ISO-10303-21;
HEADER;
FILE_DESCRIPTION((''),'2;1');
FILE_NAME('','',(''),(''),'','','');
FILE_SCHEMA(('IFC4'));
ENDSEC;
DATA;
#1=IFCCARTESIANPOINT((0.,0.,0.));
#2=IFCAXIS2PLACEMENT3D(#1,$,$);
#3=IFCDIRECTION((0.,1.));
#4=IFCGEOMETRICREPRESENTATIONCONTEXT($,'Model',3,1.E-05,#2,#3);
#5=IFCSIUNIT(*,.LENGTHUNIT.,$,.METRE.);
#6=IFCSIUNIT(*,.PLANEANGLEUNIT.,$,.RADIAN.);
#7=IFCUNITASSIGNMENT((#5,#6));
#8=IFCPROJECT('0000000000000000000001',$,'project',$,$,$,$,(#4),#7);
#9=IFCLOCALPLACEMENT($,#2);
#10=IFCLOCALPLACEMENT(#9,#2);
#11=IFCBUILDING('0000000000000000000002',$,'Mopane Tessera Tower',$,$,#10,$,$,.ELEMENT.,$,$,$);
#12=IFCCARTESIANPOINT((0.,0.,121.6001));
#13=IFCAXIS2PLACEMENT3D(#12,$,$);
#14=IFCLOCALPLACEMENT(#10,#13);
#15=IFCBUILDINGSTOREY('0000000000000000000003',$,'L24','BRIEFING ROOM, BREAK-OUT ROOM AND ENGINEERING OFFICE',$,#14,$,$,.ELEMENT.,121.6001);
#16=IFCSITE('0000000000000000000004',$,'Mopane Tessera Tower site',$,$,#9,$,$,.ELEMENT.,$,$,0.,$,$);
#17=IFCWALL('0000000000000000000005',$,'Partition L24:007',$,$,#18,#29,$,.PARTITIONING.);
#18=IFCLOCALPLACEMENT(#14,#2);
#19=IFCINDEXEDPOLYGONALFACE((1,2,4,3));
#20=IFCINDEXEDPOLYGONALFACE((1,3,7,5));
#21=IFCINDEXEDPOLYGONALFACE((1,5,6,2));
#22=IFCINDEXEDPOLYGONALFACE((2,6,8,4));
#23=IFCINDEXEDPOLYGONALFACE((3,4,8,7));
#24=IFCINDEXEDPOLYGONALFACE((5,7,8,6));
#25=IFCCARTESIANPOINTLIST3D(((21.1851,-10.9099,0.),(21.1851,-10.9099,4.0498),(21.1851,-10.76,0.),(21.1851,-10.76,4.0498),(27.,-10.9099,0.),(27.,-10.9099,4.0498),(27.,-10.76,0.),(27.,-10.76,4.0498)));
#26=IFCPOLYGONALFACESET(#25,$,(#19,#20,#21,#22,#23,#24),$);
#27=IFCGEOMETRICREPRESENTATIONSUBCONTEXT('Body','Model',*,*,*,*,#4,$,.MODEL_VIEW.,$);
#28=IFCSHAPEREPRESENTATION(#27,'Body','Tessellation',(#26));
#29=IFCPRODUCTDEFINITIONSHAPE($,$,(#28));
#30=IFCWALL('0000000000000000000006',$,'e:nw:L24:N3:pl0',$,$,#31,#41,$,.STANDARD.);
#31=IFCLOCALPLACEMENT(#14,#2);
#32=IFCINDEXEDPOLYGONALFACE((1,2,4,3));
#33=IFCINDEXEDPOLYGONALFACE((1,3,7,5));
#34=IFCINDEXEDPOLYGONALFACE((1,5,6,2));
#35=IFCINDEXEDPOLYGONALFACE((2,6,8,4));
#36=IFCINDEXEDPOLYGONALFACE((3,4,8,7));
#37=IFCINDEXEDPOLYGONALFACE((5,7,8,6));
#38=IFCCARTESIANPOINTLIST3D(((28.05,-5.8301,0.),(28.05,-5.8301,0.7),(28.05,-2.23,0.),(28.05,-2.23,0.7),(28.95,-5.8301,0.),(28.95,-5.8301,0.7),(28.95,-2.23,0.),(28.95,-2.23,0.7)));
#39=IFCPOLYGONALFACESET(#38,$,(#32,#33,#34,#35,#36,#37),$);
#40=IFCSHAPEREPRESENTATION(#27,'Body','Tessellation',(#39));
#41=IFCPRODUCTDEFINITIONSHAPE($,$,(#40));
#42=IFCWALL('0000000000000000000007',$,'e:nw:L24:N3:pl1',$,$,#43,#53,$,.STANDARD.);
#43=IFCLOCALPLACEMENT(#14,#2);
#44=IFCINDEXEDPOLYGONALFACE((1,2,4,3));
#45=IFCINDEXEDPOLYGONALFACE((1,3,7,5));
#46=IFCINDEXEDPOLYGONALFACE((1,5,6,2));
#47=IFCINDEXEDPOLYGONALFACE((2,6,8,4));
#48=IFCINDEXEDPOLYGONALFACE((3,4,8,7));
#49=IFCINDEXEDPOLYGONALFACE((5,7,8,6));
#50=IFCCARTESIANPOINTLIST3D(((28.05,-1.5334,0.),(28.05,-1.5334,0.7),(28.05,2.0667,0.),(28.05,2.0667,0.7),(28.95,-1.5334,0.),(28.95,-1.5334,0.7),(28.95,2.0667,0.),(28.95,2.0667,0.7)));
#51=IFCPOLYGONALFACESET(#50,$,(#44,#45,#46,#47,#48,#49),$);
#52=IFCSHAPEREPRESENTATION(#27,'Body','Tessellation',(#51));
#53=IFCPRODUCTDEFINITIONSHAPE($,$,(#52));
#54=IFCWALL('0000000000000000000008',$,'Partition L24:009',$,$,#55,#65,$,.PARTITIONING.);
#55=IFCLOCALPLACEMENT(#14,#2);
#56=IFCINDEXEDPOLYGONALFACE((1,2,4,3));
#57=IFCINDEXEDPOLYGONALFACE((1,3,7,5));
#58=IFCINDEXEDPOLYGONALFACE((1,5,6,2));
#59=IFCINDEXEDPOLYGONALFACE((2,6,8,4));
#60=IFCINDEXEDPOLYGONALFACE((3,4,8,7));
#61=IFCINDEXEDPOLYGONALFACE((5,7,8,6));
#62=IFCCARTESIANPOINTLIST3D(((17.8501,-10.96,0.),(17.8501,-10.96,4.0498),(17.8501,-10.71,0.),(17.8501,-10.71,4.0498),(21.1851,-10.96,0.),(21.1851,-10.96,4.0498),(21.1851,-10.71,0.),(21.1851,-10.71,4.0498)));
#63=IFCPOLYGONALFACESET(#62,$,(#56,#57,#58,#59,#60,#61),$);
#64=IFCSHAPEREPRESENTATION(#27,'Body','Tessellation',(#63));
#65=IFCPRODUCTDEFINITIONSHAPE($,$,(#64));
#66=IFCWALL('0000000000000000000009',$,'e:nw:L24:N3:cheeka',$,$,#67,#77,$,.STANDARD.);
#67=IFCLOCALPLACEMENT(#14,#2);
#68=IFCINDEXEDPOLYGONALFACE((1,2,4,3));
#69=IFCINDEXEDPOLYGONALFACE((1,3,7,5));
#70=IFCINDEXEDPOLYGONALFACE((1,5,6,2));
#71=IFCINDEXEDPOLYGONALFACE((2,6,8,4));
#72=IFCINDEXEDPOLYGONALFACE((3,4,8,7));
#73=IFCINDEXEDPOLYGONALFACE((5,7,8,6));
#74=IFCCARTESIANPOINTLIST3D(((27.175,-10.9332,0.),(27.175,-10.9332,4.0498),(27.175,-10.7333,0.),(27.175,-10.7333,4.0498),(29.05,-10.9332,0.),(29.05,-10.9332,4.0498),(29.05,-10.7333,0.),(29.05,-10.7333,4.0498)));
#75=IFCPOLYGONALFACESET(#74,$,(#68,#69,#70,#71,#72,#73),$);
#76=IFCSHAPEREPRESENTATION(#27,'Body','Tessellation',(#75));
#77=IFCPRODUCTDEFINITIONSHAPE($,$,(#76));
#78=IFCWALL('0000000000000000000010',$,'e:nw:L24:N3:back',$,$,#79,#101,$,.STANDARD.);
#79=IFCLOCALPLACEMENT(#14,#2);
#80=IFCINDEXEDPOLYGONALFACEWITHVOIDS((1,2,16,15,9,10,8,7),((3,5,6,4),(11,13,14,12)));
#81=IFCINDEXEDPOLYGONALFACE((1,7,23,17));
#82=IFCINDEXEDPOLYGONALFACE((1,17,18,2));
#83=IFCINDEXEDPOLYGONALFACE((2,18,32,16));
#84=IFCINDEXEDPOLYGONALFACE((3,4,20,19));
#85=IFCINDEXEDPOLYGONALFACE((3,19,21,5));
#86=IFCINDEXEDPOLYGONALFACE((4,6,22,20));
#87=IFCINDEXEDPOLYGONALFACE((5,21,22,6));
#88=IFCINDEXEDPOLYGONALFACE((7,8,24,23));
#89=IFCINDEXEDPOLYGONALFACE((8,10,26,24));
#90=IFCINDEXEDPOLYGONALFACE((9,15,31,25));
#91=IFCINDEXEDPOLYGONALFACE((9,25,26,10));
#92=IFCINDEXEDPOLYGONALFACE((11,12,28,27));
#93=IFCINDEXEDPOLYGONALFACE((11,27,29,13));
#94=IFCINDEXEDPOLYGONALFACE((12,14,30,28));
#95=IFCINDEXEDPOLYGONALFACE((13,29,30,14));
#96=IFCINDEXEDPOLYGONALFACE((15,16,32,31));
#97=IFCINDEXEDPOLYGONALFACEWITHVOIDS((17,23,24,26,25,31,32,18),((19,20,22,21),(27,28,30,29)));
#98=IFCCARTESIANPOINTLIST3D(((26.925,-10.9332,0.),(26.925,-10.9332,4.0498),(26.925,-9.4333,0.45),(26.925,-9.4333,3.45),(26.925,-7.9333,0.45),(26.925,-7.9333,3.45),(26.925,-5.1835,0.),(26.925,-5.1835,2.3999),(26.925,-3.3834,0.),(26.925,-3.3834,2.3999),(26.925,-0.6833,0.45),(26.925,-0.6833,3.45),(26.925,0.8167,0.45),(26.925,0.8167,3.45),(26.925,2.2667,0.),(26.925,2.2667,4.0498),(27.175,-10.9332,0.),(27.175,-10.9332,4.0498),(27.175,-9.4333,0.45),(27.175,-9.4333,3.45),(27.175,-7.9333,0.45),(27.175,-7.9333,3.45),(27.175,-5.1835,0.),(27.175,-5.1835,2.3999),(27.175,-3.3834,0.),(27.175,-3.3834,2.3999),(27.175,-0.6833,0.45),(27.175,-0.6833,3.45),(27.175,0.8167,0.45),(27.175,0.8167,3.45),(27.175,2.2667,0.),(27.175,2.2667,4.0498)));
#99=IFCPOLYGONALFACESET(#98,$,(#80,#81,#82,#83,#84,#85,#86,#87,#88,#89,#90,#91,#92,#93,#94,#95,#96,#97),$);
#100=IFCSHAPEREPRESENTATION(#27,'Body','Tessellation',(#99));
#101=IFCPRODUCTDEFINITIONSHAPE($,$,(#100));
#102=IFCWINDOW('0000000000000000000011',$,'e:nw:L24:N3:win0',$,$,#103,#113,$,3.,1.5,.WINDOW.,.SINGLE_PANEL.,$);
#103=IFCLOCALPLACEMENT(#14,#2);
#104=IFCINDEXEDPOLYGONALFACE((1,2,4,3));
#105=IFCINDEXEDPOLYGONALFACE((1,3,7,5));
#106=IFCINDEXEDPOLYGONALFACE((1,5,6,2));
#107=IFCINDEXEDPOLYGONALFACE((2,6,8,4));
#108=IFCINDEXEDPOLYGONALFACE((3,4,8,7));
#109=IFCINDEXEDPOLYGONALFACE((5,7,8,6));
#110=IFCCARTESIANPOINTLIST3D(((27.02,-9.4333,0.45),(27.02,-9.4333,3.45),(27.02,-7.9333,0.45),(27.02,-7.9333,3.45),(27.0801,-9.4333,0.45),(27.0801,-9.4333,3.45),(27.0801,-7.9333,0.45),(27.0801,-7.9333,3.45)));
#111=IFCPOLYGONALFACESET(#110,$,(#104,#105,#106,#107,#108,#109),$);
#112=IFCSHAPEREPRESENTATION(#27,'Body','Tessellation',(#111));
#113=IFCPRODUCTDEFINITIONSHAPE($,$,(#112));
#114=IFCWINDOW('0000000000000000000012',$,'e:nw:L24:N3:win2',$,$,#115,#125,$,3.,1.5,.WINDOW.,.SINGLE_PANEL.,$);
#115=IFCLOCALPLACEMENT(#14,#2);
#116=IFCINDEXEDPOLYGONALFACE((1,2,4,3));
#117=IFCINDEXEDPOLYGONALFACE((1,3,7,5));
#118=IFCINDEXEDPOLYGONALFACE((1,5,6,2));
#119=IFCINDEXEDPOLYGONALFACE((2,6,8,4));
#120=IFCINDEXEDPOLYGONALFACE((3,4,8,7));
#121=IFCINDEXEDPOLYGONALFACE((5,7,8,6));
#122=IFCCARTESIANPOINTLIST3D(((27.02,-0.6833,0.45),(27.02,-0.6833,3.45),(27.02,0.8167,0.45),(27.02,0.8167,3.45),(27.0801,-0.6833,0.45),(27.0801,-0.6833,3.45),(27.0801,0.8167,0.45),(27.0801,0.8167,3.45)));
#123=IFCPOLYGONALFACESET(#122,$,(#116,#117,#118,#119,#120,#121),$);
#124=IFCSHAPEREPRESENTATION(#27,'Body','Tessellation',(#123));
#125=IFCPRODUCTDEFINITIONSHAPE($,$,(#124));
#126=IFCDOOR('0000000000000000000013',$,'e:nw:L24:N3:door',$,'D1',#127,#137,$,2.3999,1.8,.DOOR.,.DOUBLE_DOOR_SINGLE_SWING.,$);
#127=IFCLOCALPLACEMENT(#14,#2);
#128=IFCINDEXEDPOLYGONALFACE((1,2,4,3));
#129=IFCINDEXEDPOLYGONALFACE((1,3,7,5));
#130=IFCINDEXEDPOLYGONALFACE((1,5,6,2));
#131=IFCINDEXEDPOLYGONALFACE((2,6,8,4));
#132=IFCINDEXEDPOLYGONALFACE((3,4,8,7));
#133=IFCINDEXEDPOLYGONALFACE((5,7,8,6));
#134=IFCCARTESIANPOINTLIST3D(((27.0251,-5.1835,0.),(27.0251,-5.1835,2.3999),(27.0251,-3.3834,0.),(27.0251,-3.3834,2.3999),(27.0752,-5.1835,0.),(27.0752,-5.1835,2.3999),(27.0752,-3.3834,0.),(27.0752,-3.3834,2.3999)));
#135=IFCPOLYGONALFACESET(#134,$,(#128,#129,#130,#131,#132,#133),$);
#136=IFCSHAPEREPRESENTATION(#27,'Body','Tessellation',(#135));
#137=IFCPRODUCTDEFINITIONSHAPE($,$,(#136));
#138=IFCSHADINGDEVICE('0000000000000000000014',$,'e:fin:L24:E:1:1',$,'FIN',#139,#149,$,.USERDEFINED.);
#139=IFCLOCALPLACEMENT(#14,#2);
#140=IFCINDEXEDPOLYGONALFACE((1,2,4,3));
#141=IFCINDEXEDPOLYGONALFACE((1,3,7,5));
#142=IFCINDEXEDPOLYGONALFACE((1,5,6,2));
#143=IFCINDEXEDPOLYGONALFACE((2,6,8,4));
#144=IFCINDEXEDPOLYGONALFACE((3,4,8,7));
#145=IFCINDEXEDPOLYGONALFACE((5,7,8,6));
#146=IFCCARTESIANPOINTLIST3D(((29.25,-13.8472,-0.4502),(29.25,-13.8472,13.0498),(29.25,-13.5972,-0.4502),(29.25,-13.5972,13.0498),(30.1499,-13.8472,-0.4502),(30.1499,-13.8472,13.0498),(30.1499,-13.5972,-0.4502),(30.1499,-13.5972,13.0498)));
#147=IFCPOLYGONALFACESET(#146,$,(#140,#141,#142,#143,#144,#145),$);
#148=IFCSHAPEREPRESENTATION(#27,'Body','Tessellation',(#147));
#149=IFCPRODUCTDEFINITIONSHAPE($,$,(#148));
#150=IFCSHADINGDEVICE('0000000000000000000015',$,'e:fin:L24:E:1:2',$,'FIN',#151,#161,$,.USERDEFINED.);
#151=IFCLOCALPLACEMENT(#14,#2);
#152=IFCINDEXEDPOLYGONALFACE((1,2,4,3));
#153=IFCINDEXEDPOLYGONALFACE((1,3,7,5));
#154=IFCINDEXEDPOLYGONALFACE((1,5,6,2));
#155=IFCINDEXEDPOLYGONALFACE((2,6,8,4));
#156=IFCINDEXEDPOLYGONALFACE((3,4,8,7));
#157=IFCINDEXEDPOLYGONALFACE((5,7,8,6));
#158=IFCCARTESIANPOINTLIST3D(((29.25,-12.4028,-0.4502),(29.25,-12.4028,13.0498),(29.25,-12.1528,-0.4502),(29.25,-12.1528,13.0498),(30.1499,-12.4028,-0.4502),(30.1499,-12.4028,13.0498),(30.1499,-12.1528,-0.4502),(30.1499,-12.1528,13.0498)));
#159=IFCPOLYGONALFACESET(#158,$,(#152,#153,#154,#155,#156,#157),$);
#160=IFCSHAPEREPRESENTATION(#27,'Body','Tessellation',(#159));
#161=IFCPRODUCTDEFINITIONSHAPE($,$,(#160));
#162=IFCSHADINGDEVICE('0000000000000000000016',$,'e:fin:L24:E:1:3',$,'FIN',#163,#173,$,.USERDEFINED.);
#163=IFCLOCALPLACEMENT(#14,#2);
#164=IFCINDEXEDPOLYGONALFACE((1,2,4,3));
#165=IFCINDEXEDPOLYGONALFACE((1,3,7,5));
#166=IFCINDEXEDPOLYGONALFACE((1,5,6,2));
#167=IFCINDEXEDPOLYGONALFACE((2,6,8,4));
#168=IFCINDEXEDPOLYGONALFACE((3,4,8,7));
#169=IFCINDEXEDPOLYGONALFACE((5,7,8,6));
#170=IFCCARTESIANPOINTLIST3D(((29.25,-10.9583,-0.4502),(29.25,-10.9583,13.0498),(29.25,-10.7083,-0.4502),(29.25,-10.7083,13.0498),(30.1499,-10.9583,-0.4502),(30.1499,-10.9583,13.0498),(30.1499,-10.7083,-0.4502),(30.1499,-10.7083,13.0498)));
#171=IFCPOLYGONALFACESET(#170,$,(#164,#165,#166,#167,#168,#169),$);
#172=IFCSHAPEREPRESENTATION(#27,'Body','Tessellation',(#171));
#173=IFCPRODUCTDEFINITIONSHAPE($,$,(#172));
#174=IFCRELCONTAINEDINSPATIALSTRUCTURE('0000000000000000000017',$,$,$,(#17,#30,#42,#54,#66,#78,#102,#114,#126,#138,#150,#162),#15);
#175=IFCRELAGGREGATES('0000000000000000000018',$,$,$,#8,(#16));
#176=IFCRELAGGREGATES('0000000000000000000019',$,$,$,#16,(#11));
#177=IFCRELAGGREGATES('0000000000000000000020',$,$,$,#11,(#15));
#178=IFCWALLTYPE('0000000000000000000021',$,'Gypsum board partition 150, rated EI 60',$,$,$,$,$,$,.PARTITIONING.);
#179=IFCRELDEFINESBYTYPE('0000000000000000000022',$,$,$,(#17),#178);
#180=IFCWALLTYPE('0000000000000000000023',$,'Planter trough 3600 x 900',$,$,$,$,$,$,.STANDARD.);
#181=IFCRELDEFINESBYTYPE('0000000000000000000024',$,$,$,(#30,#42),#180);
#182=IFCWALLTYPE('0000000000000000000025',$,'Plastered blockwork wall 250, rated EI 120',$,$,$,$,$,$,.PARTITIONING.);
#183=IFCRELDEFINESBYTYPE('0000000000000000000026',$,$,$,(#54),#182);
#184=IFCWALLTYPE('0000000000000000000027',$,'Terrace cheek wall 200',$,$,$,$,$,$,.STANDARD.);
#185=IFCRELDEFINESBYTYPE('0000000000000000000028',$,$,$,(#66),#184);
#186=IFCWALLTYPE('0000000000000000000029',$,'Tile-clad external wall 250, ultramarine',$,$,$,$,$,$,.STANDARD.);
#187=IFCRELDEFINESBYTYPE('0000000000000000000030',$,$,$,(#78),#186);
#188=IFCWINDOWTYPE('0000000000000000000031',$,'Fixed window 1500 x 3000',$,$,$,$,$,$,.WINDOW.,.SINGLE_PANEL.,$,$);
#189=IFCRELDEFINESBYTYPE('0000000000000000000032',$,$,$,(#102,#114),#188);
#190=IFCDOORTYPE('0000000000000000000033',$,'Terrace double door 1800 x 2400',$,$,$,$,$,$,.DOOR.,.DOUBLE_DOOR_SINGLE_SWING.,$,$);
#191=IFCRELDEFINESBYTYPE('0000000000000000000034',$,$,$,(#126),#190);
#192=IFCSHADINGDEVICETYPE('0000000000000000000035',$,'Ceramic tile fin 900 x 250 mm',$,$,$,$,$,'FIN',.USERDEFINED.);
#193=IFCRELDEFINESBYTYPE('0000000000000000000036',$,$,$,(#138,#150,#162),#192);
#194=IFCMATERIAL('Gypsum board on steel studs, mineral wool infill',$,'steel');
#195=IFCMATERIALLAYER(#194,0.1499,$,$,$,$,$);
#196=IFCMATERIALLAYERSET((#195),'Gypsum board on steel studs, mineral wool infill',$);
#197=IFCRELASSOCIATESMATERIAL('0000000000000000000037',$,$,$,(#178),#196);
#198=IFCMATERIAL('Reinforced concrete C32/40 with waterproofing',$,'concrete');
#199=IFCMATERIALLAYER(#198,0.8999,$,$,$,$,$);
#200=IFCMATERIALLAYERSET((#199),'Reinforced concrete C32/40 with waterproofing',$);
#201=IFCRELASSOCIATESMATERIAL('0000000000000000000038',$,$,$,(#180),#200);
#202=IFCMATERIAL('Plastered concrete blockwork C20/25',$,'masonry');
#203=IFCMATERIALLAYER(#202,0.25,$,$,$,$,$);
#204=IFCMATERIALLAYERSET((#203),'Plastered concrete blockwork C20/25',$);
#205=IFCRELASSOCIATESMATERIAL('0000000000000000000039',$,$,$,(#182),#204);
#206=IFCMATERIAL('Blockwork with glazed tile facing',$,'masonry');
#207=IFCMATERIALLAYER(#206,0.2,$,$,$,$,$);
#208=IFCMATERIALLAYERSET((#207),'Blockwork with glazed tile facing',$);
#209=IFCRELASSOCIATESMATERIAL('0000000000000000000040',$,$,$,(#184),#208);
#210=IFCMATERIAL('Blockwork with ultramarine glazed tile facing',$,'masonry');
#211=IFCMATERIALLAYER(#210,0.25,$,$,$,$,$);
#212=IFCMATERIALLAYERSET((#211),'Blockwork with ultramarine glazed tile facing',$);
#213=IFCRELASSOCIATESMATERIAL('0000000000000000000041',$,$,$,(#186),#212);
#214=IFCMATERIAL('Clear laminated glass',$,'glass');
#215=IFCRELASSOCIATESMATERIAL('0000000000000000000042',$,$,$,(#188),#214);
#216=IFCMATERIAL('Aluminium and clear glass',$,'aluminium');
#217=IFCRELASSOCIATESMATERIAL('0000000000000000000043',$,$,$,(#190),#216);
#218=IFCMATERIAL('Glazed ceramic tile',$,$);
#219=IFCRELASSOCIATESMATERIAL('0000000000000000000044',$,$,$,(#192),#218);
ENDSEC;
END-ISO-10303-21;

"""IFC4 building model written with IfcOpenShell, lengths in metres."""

from ifc_helpers import new_model, si_unit, direction, frame, frame_2d, origin, origin_2d, place, context, subcontext, project, spatial, rectangle, extrude, material, layer, layer_set, type_object, element, fill, save


model = new_model("IFC4")

# Units and contexts
model_context = context("Model", 3, precision=1e-05, world=origin(), true_north=direction((0.0, 1.0)))
body_context = subcontext(model_context, "Body", "Model", "MODEL_VIEW")
ifc_project = project(units=[si_unit("LENGTHUNIT", "METRE"), si_unit("PLANEANGLEUNIT", "RADIAN")], contexts=[model_context])

# Site, building, storey
site_placement = place(None, origin())
site = spatial("IfcSite", under=ifc_project, at=site_placement, Name="Mopane Tessera Tower site", CompositionType="ELEMENT", RefElevation=0.0)
building_placement = place(site_placement, origin())
building = spatial("IfcBuilding", under=site, at=building_placement, Name="Mopane Tessera Tower", CompositionType="ELEMENT")
storey_placement = place(building_placement, frame((0.0, 0.0, 121.6001)))
storey = spatial("IfcBuildingStorey", under=building, at=storey_placement, Name="L24", Description="BRIEFING ROOM, BREAK-OUT ROOM AND ENGINEERING OFFICE", CompositionType="ELEMENT", Elevation=121.6001)

# Walls
ifc_material_1 = material(Name="Gypsum board on steel studs, mineral wool infill", Category="steel")
ifc_layer_1 = layer(ifc_material_1, 0.1499)
ifc_layer_set_1 = layer_set([ifc_layer_1], Name="Gypsum board on steel studs, mineral wool infill")
wall_type_1 = type_object("IfcWallType", Name="Gypsum board partition 150, rated EI 60", PredefinedType="PARTITIONING", material=ifc_layer_set_1)
wall_1_placement = place(storey_placement, frame((21.1851, -10.835, 0.0), z_axis=(0.0, 0.0, 1.0), x_axis=(1.0, 0.0, 0.0)))
element("IfcWall", 1, at=wall_1_placement, inside=storey, type_object=wall_type_1, Name="Partition L24:007", PredefinedType="PARTITIONING", context=body_context, shape_type="SweptSolid", body=[
    extrude(rectangle(XDim=5.8149, YDim=0.1499, at=frame_2d((2.9075, 0.0))), origin(), (0.0, 0.0, 1.0), 4.0498),
])
ifc_material_2 = material(Name="Reinforced concrete C32/40 with waterproofing", Category="concrete")
ifc_layer_2 = layer(ifc_material_2, 0.8999)
ifc_layer_set_2 = layer_set([ifc_layer_2], Name="Reinforced concrete C32/40 with waterproofing")
wall_type_2 = type_object("IfcWallType", Name="Planter trough 3600 x 900", PredefinedType="STANDARD", material=ifc_layer_set_2)
for number, where, z_axis, x_axis, name in (
    (2, (28.5, -5.8301, 0.0), (0.0, 0.0, 1.0), (0.0, 1.0, 0.0), "e:nw:L24:N3:pl0"),
    (3, (28.5, -1.5334, 0.0), (0.0, 0.0, 1.0), (0.0, 1.0, 0.0), "e:nw:L24:N3:pl1"),
):
    element("IfcWall", number, at=place(storey_placement, frame(where, z_axis=z_axis, x_axis=x_axis)), inside=storey, type_object=wall_type_2, Name=name, PredefinedType="STANDARD", context=body_context, shape_type="SweptSolid", body=[
        extrude(rectangle(XDim=3.6001, YDim=0.8999, at=frame_2d((1.8, 0.0))), origin(), (0.0, 0.0, 1.0), 0.7),
    ])
ifc_material_3 = material(Name="Plastered concrete blockwork C20/25", Category="masonry")
ifc_layer_3 = layer(ifc_material_3, 0.25)
ifc_layer_set_3 = layer_set([ifc_layer_3], Name="Plastered concrete blockwork C20/25")
wall_type_3 = type_object("IfcWallType", Name="Plastered blockwork wall 250, rated EI 120", PredefinedType="PARTITIONING", material=ifc_layer_set_3)
wall_2_placement = place(storey_placement, frame((17.8501, -10.835, 0.0), z_axis=(0.0, 0.0, 1.0), x_axis=(1.0, 0.0, 0.0)))
element("IfcWall", 4, at=wall_2_placement, inside=storey, type_object=wall_type_3, Name="Partition L24:009", PredefinedType="PARTITIONING", context=body_context, shape_type="SweptSolid", body=[
    extrude(rectangle(XDim=3.335, YDim=0.25, at=frame_2d((1.6675, 0.0))), origin(), (0.0, 0.0, 1.0), 4.0498),
])
ifc_material_4 = material(Name="Blockwork with glazed tile facing", Category="masonry")
ifc_layer_4 = layer(ifc_material_4, 0.2)
ifc_layer_set_4 = layer_set([ifc_layer_4], Name="Blockwork with glazed tile facing")
wall_type_4 = type_object("IfcWallType", Name="Terrace cheek wall 200", PredefinedType="STANDARD", material=ifc_layer_set_4)
wall_3_placement = place(storey_placement, frame((29.05, -10.8333, 0.0), z_axis=(0.0, 0.0, 1.0), x_axis=(-1.0, 0.0, 0.0)))
element("IfcWall", 5, at=wall_3_placement, inside=storey, type_object=wall_type_4, Name="e:nw:L24:N3:cheeka", PredefinedType="STANDARD", context=body_context, shape_type="SweptSolid", body=[
    extrude(rectangle(XDim=1.875, YDim=0.2, at=frame_2d((0.9375, 0.0))), origin(), (0.0, 0.0, 1.0), 4.0498),
])

# Wall, openings, windows, door
ifc_material_5 = material(Name="Blockwork with ultramarine glazed tile facing", Category="masonry")
ifc_layer_5 = layer(ifc_material_5, 0.25)
ifc_layer_set_5 = layer_set([ifc_layer_5], Name="Blockwork with ultramarine glazed tile facing")
wall_type_5 = type_object("IfcWallType", Name="Tile-clad external wall 250, ultramarine", PredefinedType="STANDARD", material=ifc_layer_set_5)
wall_4_placement = place(storey_placement, frame((27.05, -10.9333, 0.0), z_axis=(0.0, 0.0, 1.0), x_axis=(0.0, 1.0, 0.0)))
wall_4 = element("IfcWall", 6, at=wall_4_placement, inside=storey, type_object=wall_type_5, Name="e:nw:L24:N3:back", PredefinedType="STANDARD", context=body_context, shape_type="SweptSolid", body=[
    extrude(rectangle(XDim=13.2, YDim=0.25, at=frame_2d((6.6001, 0.0))), origin(), (0.0, 0.0, 1.0), 4.0498),
])
opening_1_placement = place(wall_4_placement, frame((1.5, 0.0, 0.45)))
opening_1 = element("IfcOpeningElement", 7, at=opening_1_placement, cuts=wall_4, PredefinedType="OPENING", context=body_context, shape_type="SweptSolid", body=[
    extrude(rectangle(XDim=1.5, YDim=3.0, at=frame_2d((0.75, 1.5))), frame((0.0, 0.137, 0.0), z_axis=(0.0, -1.0, 0.0), x_axis=(1.0, 0.0, 0.0)), (0.0, 0.0, 1.0), 0.2739),
])
opening_2_placement = place(wall_4_placement, frame((5.75, 0.0, 0.0)))
opening_2 = element("IfcOpeningElement", 8, at=opening_2_placement, cuts=wall_4, PredefinedType="OPENING", context=body_context, shape_type="SweptSolid", body=[
    extrude(rectangle(XDim=1.8, YDim=2.3999, at=frame_2d((0.8999, 1.2))), frame((0.0, 0.137, 0.0), z_axis=(0.0, -1.0, 0.0), x_axis=(1.0, 0.0, 0.0)), (0.0, 0.0, 1.0), 0.2739),
])
opening_3_placement = place(wall_4_placement, frame((10.25, 0.0, 0.45)))
opening_3 = element("IfcOpeningElement", 9, at=opening_3_placement, cuts=wall_4, PredefinedType="OPENING", context=body_context, shape_type="SweptSolid", body=[
    extrude(rectangle(XDim=1.5, YDim=3.0, at=frame_2d((0.75, 1.5))), frame((0.0, 0.137, 0.0), z_axis=(0.0, -1.0, 0.0), x_axis=(1.0, 0.0, 0.0)), (0.0, 0.0, 1.0), 0.2739),
])
ifc_material_6 = material(Name="Clear laminated glass", Category="glass")
window_type = type_object("IfcWindowType", Name="Fixed window 1500 x 3000", PartitioningType="SINGLE_PANEL", PredefinedType="WINDOW", material=ifc_material_6)
window_1_placement = place(opening_1_placement, origin())
window_1 = element("IfcWindow", 10, at=window_1_placement, inside=storey, type_object=window_type, Name="e:nw:L24:N3:win0", OverallHeight=3.0, OverallWidth=1.5, PartitioningType="SINGLE_PANEL", PredefinedType="WINDOW", context=body_context, shape_type="SweptSolid", body=[
    extrude(rectangle(XDim=1.5, YDim=3.0, at=frame_2d((0.75, 1.5))), frame((0.0, 0.03, 0.0), z_axis=(0.0, -1.0, 0.0), x_axis=(1.0, 0.0, 0.0)), (0.0, 0.0, 1.0), 0.0601),
])
fill(opening_1, window_1)
window_2_placement = place(opening_3_placement, origin())
window_2 = element("IfcWindow", 11, at=window_2_placement, inside=storey, type_object=window_type, Name="e:nw:L24:N3:win2", OverallHeight=3.0, OverallWidth=1.5, PartitioningType="SINGLE_PANEL", PredefinedType="WINDOW", context=body_context, shape_type="SweptSolid", body=[
    extrude(rectangle(XDim=1.5, YDim=3.0, at=frame_2d((0.75, 1.5))), frame((0.0, 0.03, 0.0), z_axis=(0.0, -1.0, 0.0), x_axis=(1.0, 0.0, 0.0)), (0.0, 0.0, 1.0), 0.0601),
])
fill(opening_3, window_2)
ifc_material_7 = material(Name="Aluminium and clear glass", Category="aluminium")
door_type_1 = type_object("IfcDoorType", Name="Terrace double door 1800 x 2400", OperationType="DOUBLE_DOOR_SINGLE_SWING", PredefinedType="DOOR", material=ifc_material_7)
door_1_placement = place(opening_2_placement, origin())
door_1 = element("IfcDoor", 12, at=door_1_placement, inside=storey, type_object=door_type_1, Name="e:nw:L24:N3:door", ObjectType="D1", OperationType="DOUBLE_DOOR_SINGLE_SWING", OverallHeight=2.3999, OverallWidth=1.8, PredefinedType="DOOR", context=body_context, shape_type="SweptSolid", body=[
    extrude(rectangle(XDim=1.8, YDim=2.3999, at=frame_2d((0.8999, 1.2))), frame((0.0, 0.0249, 0.0), z_axis=(0.0, -1.0, 0.0), x_axis=(1.0, 0.0, 0.0)), (0.0, 0.0, 1.0), 0.05),
])
fill(opening_2, door_1)

# Shading devices
ifc_material_8 = material(Name="Glazed ceramic tile")
shading_device_type = type_object("IfcShadingDeviceType", Name="Ceramic tile fin 900 x 250 mm", ElementType="FIN", PredefinedType="USERDEFINED", material=ifc_material_8)
for number, where, z_axis, x_axis, name in (
    (13, (29.7, -13.7222, -0.4502), (0.0, 0.0, 1.0), (0.0, 1.0, 0.0), "e:fin:L24:E:1:1"),
    (14, (29.7, -12.2778, -0.4502), (0.0, 0.0, 1.0), (0.0, 1.0, 0.0), "e:fin:L24:E:1:2"),
    (15, (29.7, -10.8333, -0.4502), (0.0, 0.0, 1.0), (0.0, 1.0, 0.0), "e:fin:L24:E:1:3"),
):
    element("IfcShadingDevice", number, at=place(storey_placement, frame(where, z_axis=z_axis, x_axis=x_axis)), inside=storey, type_object=shading_device_type, Name=name, ObjectType="FIN", PredefinedType="USERDEFINED", context=body_context, shape_type="SweptSolid", body=[
        extrude(rectangle(XDim=0.25, YDim=0.8999, at=origin_2d()), origin(), (0.0, 0.0, 1.0), 13.5),
    ])

save(model, "model.ifc")
